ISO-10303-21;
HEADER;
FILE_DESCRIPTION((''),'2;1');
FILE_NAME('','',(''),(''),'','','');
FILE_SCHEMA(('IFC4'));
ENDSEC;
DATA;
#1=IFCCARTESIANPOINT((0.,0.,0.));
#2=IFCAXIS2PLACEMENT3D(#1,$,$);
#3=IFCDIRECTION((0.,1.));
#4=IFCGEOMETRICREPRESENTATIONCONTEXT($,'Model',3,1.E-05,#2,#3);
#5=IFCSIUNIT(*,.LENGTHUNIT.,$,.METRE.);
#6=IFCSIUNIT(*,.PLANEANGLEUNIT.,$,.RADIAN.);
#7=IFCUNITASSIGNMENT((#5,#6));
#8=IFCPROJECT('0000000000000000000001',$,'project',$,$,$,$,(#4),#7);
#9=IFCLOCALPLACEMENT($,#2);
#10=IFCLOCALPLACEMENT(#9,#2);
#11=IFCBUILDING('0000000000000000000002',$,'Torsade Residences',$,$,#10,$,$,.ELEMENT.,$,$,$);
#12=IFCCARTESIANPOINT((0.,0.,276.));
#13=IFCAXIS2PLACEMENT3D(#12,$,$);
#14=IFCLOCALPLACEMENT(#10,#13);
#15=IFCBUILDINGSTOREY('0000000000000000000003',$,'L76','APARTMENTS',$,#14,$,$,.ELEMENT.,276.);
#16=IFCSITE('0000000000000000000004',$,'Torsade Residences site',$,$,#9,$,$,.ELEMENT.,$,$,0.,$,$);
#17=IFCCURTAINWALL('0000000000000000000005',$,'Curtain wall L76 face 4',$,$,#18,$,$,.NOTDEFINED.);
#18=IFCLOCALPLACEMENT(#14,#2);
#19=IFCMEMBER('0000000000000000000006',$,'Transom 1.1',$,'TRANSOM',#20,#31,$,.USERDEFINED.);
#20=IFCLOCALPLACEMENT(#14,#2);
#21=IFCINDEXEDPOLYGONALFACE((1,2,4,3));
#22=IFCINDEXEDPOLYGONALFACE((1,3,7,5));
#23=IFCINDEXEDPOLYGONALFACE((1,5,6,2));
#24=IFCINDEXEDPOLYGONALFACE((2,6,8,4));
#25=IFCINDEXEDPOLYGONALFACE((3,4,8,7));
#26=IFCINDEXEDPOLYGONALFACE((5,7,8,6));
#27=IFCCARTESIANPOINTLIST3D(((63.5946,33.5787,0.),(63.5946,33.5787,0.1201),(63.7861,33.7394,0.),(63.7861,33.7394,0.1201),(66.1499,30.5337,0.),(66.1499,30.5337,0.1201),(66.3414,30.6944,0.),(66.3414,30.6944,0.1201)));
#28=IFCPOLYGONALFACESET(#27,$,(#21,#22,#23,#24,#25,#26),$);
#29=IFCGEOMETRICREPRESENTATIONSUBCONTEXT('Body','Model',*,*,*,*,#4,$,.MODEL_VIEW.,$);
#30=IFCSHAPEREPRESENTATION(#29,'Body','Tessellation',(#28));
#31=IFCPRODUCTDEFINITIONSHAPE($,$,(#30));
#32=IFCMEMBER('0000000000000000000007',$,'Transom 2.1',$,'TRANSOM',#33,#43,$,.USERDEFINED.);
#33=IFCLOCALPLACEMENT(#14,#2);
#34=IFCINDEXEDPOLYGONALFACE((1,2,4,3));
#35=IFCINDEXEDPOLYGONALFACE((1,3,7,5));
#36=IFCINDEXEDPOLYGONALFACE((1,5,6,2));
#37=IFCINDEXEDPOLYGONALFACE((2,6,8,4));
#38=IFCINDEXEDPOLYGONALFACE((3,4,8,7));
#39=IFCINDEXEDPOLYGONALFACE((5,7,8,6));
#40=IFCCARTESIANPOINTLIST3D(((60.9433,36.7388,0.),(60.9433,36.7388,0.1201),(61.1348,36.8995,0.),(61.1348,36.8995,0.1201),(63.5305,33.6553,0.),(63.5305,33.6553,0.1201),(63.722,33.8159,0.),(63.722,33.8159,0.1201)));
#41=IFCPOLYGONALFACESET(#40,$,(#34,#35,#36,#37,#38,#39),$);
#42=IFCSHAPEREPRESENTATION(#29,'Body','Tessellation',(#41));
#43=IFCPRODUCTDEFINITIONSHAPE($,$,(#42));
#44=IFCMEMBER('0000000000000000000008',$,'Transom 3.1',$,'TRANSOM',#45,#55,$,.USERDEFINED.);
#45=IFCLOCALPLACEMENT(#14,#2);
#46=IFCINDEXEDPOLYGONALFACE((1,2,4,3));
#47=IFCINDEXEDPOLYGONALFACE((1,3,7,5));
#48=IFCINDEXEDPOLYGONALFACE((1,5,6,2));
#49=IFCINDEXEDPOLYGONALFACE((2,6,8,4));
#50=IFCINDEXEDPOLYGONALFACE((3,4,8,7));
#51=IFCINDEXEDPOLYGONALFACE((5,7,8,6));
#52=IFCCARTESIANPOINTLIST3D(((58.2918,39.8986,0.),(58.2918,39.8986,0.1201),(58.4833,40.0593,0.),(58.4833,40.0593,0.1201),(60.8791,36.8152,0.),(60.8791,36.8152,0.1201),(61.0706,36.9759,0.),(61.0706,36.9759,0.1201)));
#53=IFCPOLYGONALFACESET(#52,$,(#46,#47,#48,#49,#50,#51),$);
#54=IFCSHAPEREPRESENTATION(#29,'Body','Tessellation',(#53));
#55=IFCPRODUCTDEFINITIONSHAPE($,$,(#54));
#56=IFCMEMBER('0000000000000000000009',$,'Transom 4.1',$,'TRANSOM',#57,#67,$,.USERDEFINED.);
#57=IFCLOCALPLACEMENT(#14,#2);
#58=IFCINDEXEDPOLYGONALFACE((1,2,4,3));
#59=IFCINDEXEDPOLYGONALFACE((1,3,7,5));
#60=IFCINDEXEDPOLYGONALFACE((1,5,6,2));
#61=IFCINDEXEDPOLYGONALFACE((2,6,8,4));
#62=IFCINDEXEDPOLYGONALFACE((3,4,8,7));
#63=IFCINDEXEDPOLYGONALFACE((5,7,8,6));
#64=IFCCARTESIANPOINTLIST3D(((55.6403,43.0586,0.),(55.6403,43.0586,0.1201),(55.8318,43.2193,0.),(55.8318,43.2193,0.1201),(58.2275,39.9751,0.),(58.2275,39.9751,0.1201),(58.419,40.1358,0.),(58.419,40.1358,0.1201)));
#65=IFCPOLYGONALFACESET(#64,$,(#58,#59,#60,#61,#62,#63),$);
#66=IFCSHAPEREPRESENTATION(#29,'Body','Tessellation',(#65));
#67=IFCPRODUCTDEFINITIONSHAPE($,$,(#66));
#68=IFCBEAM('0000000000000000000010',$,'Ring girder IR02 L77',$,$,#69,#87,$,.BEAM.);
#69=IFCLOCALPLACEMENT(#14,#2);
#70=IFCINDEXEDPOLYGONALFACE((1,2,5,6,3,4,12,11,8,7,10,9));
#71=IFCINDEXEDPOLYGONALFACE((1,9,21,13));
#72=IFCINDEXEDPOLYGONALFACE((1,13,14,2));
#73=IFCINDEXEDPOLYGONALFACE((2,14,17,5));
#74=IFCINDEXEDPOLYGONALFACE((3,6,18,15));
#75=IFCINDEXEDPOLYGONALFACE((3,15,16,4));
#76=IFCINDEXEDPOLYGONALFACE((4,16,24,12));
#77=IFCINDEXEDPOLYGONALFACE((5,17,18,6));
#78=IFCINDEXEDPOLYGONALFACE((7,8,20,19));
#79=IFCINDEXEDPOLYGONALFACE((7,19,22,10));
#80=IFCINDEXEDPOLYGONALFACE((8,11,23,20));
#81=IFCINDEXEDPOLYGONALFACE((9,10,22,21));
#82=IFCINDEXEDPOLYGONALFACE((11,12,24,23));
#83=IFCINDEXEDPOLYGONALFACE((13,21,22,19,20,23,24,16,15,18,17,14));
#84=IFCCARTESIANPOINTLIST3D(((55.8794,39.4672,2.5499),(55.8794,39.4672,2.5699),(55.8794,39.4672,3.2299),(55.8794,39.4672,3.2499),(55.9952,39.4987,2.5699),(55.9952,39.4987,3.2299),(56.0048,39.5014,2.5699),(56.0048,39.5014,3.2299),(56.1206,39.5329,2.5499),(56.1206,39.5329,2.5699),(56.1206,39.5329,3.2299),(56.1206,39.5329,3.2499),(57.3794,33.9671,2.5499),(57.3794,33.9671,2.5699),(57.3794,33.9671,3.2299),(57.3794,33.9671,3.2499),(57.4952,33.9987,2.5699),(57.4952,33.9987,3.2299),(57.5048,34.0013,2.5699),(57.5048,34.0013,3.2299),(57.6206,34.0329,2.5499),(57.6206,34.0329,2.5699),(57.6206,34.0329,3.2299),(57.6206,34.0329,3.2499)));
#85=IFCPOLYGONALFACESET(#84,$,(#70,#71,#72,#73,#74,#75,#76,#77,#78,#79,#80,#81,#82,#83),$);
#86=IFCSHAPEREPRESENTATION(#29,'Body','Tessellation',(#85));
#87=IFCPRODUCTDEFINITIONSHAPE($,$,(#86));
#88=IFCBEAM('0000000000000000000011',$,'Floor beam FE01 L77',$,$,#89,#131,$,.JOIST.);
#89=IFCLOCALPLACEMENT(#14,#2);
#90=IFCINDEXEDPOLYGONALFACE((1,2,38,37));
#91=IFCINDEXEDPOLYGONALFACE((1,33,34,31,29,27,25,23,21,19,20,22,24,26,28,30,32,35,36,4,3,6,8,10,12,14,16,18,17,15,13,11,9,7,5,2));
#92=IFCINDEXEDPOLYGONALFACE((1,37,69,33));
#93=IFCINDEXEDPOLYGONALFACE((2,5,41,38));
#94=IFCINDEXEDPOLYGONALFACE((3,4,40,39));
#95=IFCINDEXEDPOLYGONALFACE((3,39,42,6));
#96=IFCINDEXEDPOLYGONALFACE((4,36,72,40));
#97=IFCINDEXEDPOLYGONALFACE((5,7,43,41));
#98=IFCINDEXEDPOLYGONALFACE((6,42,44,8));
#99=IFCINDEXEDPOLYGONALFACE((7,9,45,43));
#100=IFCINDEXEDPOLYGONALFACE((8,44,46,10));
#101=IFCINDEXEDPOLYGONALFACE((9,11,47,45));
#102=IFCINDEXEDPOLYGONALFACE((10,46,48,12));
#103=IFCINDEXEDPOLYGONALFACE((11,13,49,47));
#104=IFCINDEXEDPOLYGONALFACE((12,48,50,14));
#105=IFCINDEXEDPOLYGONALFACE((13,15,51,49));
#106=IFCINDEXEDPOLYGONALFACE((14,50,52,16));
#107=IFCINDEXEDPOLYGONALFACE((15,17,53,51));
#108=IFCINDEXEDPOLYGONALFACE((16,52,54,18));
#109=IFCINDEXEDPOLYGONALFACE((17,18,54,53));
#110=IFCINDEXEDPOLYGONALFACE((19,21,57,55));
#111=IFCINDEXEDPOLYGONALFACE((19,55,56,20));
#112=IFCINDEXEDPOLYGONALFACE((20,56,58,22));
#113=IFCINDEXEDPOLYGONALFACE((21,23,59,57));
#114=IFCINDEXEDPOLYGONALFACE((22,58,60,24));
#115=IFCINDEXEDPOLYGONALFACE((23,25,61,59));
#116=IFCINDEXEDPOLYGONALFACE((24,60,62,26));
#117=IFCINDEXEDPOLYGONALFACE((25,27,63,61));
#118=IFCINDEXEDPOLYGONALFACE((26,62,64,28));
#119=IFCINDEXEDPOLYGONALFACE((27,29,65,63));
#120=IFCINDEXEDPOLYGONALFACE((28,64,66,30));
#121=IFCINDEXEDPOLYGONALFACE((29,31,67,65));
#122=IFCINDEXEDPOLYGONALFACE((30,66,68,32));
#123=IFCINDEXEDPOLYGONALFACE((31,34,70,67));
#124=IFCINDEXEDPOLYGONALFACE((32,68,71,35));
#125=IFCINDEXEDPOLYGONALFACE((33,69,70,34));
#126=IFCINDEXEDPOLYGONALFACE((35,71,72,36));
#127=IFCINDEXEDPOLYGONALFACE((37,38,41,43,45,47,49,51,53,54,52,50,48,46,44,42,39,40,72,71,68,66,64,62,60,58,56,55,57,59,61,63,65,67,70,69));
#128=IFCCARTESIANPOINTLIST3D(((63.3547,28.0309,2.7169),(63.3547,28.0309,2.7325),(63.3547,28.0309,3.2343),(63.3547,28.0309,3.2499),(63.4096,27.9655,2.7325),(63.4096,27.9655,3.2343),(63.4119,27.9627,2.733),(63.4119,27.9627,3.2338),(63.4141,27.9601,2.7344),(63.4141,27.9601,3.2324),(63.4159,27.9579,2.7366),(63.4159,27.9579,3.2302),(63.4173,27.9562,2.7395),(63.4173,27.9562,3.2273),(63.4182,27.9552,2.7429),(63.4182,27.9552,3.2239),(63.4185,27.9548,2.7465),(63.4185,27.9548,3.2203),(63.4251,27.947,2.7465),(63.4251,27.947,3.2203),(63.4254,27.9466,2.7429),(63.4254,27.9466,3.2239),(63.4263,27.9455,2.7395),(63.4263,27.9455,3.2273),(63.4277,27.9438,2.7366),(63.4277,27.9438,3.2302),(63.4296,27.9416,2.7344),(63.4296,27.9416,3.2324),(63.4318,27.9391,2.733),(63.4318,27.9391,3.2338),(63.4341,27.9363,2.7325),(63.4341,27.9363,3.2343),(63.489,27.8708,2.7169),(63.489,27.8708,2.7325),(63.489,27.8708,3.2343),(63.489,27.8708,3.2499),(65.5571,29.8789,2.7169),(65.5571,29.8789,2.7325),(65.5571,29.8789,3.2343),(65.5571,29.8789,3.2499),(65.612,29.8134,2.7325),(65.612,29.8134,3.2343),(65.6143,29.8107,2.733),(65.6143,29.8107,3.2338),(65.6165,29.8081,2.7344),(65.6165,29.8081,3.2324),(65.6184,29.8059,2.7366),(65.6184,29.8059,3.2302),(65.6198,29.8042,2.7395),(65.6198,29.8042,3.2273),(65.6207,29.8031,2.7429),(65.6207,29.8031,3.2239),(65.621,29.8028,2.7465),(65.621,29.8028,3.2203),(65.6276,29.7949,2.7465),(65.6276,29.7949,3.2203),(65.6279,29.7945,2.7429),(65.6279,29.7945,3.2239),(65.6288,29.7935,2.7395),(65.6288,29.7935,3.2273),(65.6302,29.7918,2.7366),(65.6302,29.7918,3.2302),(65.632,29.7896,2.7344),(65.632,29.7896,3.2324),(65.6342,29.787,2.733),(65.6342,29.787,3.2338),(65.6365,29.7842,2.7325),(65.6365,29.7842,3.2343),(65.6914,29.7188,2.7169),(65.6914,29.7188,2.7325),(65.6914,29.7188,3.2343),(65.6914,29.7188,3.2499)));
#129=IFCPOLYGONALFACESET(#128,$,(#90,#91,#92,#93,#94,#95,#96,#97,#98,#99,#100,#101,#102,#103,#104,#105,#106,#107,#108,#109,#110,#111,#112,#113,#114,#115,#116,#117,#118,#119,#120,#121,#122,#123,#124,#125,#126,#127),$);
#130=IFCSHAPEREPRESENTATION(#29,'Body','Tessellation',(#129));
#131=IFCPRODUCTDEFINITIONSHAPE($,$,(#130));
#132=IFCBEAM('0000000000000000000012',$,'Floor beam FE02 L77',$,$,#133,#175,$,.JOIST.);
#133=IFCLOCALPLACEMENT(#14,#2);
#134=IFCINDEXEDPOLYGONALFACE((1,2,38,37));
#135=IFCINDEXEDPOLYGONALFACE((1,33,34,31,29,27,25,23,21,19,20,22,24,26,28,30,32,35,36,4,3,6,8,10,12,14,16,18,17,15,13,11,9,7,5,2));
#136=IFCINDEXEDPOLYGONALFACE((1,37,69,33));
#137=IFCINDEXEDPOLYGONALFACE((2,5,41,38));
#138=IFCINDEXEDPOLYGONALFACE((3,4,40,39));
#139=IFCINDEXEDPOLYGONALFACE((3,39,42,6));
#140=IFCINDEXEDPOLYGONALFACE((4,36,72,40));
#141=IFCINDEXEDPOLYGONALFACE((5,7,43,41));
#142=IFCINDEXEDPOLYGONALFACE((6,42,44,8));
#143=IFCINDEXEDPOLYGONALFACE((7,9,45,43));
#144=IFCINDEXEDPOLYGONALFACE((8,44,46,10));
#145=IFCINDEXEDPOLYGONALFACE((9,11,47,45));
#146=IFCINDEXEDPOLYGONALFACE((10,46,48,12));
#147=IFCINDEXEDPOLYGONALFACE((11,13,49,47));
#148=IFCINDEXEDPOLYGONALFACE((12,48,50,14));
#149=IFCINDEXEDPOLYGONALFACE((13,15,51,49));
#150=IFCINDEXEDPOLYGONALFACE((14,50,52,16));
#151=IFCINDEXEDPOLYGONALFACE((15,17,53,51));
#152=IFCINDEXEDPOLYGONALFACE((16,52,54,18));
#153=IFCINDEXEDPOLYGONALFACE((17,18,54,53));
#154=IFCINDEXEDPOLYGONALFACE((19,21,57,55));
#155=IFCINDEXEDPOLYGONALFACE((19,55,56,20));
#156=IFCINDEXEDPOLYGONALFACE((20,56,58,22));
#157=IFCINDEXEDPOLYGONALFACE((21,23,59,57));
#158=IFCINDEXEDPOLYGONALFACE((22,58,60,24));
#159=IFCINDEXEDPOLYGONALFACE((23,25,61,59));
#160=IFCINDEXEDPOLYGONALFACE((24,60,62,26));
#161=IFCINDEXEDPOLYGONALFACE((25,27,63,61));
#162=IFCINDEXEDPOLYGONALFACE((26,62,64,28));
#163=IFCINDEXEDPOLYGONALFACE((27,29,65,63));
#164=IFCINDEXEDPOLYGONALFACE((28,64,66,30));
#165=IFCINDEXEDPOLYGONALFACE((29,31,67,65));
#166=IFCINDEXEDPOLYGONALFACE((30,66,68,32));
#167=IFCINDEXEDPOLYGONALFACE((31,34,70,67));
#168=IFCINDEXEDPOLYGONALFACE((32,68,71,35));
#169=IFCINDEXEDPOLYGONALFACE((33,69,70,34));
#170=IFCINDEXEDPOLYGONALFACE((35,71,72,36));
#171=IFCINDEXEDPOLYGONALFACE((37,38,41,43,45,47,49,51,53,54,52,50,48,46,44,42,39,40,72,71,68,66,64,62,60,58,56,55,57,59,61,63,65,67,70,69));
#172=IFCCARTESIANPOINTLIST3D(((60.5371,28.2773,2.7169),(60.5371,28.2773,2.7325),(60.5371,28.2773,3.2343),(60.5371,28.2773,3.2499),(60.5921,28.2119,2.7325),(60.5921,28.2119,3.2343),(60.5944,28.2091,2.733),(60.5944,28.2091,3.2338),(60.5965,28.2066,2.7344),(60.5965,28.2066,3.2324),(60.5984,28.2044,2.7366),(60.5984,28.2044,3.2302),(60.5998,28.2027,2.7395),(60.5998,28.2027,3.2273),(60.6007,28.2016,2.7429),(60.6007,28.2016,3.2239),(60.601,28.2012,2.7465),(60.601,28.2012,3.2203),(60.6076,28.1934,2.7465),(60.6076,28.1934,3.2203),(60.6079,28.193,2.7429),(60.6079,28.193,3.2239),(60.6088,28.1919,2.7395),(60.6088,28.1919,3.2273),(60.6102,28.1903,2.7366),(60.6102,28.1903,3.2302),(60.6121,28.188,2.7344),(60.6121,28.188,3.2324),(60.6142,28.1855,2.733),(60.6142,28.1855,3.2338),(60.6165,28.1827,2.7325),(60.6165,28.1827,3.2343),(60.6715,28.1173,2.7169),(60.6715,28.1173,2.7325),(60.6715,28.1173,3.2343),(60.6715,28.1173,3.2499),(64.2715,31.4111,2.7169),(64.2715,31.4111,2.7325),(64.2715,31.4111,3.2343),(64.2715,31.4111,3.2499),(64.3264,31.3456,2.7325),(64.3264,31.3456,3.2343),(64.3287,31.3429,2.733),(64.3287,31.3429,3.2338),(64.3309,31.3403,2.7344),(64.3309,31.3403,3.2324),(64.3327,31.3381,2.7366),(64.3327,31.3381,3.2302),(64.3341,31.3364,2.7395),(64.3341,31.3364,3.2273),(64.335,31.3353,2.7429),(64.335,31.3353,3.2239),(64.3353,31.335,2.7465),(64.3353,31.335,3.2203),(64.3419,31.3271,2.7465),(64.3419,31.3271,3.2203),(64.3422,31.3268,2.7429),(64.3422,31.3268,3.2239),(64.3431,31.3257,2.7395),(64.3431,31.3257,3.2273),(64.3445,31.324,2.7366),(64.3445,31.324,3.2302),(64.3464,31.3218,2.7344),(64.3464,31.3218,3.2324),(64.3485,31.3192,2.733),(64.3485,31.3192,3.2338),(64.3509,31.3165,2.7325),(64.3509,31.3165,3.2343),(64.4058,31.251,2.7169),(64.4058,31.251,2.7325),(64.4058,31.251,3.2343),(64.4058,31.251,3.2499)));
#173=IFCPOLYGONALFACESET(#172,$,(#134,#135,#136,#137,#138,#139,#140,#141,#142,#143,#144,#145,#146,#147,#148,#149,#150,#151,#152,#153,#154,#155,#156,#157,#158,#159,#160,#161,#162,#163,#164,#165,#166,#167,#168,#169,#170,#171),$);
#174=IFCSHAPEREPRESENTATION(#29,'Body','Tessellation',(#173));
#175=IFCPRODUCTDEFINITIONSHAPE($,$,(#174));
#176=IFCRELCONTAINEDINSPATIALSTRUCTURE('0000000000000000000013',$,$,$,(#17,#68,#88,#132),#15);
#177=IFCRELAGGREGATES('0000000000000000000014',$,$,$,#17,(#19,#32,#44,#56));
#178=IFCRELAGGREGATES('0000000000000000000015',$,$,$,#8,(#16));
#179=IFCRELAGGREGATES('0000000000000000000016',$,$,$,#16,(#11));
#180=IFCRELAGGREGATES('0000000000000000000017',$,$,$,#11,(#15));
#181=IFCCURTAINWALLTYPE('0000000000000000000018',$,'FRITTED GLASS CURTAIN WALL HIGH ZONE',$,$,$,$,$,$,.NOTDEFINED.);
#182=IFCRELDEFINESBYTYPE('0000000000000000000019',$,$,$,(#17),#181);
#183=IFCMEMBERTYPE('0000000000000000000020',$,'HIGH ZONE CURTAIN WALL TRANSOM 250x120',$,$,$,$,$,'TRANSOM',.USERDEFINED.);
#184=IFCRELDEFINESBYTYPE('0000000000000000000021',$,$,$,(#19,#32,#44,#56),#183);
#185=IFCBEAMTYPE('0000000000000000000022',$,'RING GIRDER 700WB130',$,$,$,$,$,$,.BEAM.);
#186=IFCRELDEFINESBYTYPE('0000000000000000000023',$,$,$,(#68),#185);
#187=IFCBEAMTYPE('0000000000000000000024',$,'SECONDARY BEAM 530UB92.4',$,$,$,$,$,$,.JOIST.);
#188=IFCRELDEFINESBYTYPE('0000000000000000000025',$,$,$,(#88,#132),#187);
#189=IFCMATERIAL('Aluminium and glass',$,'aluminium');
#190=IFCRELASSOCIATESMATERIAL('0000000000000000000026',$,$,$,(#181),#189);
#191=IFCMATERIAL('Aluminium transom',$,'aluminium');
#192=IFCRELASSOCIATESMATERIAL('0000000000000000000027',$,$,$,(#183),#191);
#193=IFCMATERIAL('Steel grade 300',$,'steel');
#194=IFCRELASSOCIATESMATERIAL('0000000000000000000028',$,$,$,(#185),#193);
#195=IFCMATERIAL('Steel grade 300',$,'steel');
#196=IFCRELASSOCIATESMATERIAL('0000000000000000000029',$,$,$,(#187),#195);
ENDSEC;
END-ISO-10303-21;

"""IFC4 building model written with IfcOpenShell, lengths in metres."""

from ifc_helpers import new_model, si_unit, direction, frame, origin, origin_2d, place, context, subcontext, project, spatial, rectangle, i_section, extrude, material, material_profile, profile_set, type_object, element, aggregate, save


model = new_model("IFC4")

# Units and contexts
model_context = context("Model", 3, precision=1e-05, world=origin(), true_north=direction((0.0, 1.0)))
body_context = subcontext(model_context, "Body", "Model", "MODEL_VIEW")
ifc_project = project(units=[si_unit("LENGTHUNIT", "METRE"), si_unit("PLANEANGLEUNIT", "RADIAN")], contexts=[model_context])

# Site, building, storey
site_placement = place(None, origin())
site = spatial("IfcSite", under=ifc_project, at=site_placement, Name="Torsade Residences site", CompositionType="ELEMENT", RefElevation=0.0)
building_placement = place(site_placement, origin())
building = spatial("IfcBuilding", under=site, at=building_placement, Name="Torsade Residences", CompositionType="ELEMENT")
storey_placement = place(building_placement, frame((0.0, 0.0, 276.0)))
storey = spatial("IfcBuildingStorey", under=building, at=storey_placement, Name="L76", Description="APARTMENTS", CompositionType="ELEMENT", Elevation=276.0)

# Curtain wall, members
ifc_material_1 = material(Name="Aluminium and glass", Category="aluminium")
curtain_wall_type = type_object("IfcCurtainWallType", Name="FRITTED GLASS CURTAIN WALL HIGH ZONE", PredefinedType="NOTDEFINED", material=ifc_material_1)
curtain_wall_placement = place(storey_placement, origin())
curtain_wall = element("IfcCurtainWall", 1, at=curtain_wall_placement, inside=storey, type_object=curtain_wall_type, Name="Curtain wall L76 face 4", PredefinedType="NOTDEFINED")
ifc_material_2 = material(Name="Aluminium transom", Category="aluminium")
ifc_material_profile_1 = material_profile(ifc_material_2, rectangle(XDim=0.25, YDim=0.1201, at=origin_2d()), Name="HIGH ZONE CURTAIN WALL TRANSOM 250x120")
ifc_profile_set_1 = profile_set([ifc_material_profile_1], Name="Aluminium transom")
member_type_1 = type_object("IfcMemberType", Name="HIGH ZONE CURTAIN WALL TRANSOM 250x120", ElementType="TRANSOM", PredefinedType="USERDEFINED", material=ifc_profile_set_1)
member_1_placement = place(storey_placement, frame((66.2456, 30.614, 0.0601), z_axis=(-0.642815, 0.766022, 0.0), x_axis=(-0.766022, -0.642815, 0.0)))
member_1 = element("IfcMember", 2, at=member_1_placement, type_object=member_type_1, Name="Transom 1.1", ObjectType="TRANSOM", PredefinedType="USERDEFINED", context=body_context, shape_type="SweptSolid", body=[
    extrude(rectangle(XDim=0.25, YDim=0.1201, at=origin_2d()), origin(), (0.0, 0.0, 1.0), 3.9751),
])
member_2_placement = place(storey_placement, frame((63.6262, 33.7356, 0.0601), z_axis=(-0.642758, 0.766069, 0.0), x_axis=(-0.766069, -0.642758, 0.0)))
member_2 = element("IfcMember", 3, at=member_2_placement, type_object=member_type_1, Name="Transom 2.1", ObjectType="TRANSOM", PredefinedType="USERDEFINED", context=body_context, shape_type="SweptSolid", body=[
    extrude(rectangle(XDim=0.25, YDim=0.1201, at=origin_2d()), origin(), (0.0, 0.0, 1.0), 4.0251),
])
member_3_placement = place(storey_placement, frame((60.9749, 36.8955, 0.0601), z_axis=(-0.642794, 0.766039, 0.0), x_axis=(-0.766039, -0.642794, 0.0)))
member_3 = element("IfcMember", 4, at=member_3_placement, type_object=member_type_1, Name="Transom 3.1", ObjectType="TRANSOM", PredefinedType="USERDEFINED", context=body_context, shape_type="SweptSolid", body=[
    extrude(rectangle(XDim=0.25, YDim=0.1201, at=origin_2d()), origin(), (0.0, 0.0, 1.0), 4.0251),
])
member_4_placement = place(storey_placement, frame((58.3232, 40.0554, 0.0601), z_axis=(-0.642758, 0.766069, 0.0), x_axis=(-0.766069, -0.642758, 0.0)))
member_4 = element("IfcMember", 5, at=member_4_placement, type_object=member_type_1, Name="Transom 4.1", ObjectType="TRANSOM", PredefinedType="USERDEFINED", context=body_context, shape_type="SweptSolid", body=[
    extrude(rectangle(XDim=0.25, YDim=0.1201, at=origin_2d()), origin(), (0.0, 0.0, 1.0), 4.0251),
])

# Beams
ifc_material_3 = material(Name="Steel grade 300", Category="steel")
ifc_material_profile_2 = material_profile(ifc_material_3, i_section(OverallWidth=0.25, OverallDepth=0.7, WebThickness=0.01, FlangeThickness=0.02, at=origin_2d()), Name="700WB130")
ifc_profile_set_2 = profile_set([ifc_material_profile_2], Name="Steel grade 300")
beam_type_1 = type_object("IfcBeamType", Name="RING GIRDER 700WB130", PredefinedType="BEAM", material=ifc_profile_set_2)
beam_1_placement = place(storey_placement, frame((57.5, 34.0, 2.8999), z_axis=(-0.263117, 0.964764, 0.0), x_axis=(-0.964764, -0.263117, 0.0)))
element("IfcBeam", 6, at=beam_1_placement, inside=storey, type_object=beam_type_1, Name="Ring girder IR02 L77", PredefinedType="BEAM", context=body_context, shape_type="SweptSolid", body=[
    extrude(i_section(OverallWidth=0.25, OverallDepth=0.7, WebThickness=0.01, FlangeThickness=0.02, at=origin_2d()), origin(), (0.0, 0.0, 1.0), 5.7009),
])
ifc_material_4 = material(Name="Steel grade 300", Category="steel")
ifc_material_profile_3 = material_profile(ifc_material_4, i_section(OverallWidth=0.209, OverallDepth=0.533, WebThickness=0.0103, FlangeThickness=0.0156, FilletRadius=0.0139, at=origin_2d()), Name="530UB92.4")
ifc_profile_set_3 = profile_set([ifc_material_profile_3], Name="Steel grade 300")
beam_type_2 = type_object("IfcBeamType", Name="SECONDARY BEAM 530UB92.4", PredefinedType="JOIST", material=ifc_profile_set_3)
beam_2_placement = place(storey_placement, frame((65.6243, 29.7988, 2.9834), z_axis=(-0.766066, -0.642762, 0.0), x_axis=(0.642762, -0.766066, 0.0)))
element("IfcBeam", 7, at=beam_2_placement, inside=storey, type_object=beam_type_2, Name="Floor beam FE01 L77", PredefinedType="JOIST", context=body_context, shape_type="SweptSolid", body=[
    extrude(i_section(OverallWidth=0.209, OverallDepth=0.533, WebThickness=0.0103, FlangeThickness=0.0156, FilletRadius=0.0139, at=origin_2d()), origin(), (0.0, 0.0, 1.0), 2.875),
])
beam_3_placement = place(storey_placement, frame((64.3386, 31.3311, 2.9834), z_axis=(-0.766017, -0.642821, 0.0), x_axis=(0.642821, -0.766017, 0.0)))
element("IfcBeam", 8, at=beam_3_placement, inside=storey, type_object=beam_type_2, Name="Floor beam FE02 L77", PredefinedType="JOIST", context=body_context, shape_type="SweptSolid", body=[
    extrude(i_section(OverallWidth=0.209, OverallDepth=0.533, WebThickness=0.0103, FlangeThickness=0.0156, FilletRadius=0.0139, at=origin_2d()), origin(), (0.0, 0.0, 1.0), 4.875),
])

aggregate(curtain_wall, [member_1, member_2, member_3, member_4])

save(model, "model.ifc")
